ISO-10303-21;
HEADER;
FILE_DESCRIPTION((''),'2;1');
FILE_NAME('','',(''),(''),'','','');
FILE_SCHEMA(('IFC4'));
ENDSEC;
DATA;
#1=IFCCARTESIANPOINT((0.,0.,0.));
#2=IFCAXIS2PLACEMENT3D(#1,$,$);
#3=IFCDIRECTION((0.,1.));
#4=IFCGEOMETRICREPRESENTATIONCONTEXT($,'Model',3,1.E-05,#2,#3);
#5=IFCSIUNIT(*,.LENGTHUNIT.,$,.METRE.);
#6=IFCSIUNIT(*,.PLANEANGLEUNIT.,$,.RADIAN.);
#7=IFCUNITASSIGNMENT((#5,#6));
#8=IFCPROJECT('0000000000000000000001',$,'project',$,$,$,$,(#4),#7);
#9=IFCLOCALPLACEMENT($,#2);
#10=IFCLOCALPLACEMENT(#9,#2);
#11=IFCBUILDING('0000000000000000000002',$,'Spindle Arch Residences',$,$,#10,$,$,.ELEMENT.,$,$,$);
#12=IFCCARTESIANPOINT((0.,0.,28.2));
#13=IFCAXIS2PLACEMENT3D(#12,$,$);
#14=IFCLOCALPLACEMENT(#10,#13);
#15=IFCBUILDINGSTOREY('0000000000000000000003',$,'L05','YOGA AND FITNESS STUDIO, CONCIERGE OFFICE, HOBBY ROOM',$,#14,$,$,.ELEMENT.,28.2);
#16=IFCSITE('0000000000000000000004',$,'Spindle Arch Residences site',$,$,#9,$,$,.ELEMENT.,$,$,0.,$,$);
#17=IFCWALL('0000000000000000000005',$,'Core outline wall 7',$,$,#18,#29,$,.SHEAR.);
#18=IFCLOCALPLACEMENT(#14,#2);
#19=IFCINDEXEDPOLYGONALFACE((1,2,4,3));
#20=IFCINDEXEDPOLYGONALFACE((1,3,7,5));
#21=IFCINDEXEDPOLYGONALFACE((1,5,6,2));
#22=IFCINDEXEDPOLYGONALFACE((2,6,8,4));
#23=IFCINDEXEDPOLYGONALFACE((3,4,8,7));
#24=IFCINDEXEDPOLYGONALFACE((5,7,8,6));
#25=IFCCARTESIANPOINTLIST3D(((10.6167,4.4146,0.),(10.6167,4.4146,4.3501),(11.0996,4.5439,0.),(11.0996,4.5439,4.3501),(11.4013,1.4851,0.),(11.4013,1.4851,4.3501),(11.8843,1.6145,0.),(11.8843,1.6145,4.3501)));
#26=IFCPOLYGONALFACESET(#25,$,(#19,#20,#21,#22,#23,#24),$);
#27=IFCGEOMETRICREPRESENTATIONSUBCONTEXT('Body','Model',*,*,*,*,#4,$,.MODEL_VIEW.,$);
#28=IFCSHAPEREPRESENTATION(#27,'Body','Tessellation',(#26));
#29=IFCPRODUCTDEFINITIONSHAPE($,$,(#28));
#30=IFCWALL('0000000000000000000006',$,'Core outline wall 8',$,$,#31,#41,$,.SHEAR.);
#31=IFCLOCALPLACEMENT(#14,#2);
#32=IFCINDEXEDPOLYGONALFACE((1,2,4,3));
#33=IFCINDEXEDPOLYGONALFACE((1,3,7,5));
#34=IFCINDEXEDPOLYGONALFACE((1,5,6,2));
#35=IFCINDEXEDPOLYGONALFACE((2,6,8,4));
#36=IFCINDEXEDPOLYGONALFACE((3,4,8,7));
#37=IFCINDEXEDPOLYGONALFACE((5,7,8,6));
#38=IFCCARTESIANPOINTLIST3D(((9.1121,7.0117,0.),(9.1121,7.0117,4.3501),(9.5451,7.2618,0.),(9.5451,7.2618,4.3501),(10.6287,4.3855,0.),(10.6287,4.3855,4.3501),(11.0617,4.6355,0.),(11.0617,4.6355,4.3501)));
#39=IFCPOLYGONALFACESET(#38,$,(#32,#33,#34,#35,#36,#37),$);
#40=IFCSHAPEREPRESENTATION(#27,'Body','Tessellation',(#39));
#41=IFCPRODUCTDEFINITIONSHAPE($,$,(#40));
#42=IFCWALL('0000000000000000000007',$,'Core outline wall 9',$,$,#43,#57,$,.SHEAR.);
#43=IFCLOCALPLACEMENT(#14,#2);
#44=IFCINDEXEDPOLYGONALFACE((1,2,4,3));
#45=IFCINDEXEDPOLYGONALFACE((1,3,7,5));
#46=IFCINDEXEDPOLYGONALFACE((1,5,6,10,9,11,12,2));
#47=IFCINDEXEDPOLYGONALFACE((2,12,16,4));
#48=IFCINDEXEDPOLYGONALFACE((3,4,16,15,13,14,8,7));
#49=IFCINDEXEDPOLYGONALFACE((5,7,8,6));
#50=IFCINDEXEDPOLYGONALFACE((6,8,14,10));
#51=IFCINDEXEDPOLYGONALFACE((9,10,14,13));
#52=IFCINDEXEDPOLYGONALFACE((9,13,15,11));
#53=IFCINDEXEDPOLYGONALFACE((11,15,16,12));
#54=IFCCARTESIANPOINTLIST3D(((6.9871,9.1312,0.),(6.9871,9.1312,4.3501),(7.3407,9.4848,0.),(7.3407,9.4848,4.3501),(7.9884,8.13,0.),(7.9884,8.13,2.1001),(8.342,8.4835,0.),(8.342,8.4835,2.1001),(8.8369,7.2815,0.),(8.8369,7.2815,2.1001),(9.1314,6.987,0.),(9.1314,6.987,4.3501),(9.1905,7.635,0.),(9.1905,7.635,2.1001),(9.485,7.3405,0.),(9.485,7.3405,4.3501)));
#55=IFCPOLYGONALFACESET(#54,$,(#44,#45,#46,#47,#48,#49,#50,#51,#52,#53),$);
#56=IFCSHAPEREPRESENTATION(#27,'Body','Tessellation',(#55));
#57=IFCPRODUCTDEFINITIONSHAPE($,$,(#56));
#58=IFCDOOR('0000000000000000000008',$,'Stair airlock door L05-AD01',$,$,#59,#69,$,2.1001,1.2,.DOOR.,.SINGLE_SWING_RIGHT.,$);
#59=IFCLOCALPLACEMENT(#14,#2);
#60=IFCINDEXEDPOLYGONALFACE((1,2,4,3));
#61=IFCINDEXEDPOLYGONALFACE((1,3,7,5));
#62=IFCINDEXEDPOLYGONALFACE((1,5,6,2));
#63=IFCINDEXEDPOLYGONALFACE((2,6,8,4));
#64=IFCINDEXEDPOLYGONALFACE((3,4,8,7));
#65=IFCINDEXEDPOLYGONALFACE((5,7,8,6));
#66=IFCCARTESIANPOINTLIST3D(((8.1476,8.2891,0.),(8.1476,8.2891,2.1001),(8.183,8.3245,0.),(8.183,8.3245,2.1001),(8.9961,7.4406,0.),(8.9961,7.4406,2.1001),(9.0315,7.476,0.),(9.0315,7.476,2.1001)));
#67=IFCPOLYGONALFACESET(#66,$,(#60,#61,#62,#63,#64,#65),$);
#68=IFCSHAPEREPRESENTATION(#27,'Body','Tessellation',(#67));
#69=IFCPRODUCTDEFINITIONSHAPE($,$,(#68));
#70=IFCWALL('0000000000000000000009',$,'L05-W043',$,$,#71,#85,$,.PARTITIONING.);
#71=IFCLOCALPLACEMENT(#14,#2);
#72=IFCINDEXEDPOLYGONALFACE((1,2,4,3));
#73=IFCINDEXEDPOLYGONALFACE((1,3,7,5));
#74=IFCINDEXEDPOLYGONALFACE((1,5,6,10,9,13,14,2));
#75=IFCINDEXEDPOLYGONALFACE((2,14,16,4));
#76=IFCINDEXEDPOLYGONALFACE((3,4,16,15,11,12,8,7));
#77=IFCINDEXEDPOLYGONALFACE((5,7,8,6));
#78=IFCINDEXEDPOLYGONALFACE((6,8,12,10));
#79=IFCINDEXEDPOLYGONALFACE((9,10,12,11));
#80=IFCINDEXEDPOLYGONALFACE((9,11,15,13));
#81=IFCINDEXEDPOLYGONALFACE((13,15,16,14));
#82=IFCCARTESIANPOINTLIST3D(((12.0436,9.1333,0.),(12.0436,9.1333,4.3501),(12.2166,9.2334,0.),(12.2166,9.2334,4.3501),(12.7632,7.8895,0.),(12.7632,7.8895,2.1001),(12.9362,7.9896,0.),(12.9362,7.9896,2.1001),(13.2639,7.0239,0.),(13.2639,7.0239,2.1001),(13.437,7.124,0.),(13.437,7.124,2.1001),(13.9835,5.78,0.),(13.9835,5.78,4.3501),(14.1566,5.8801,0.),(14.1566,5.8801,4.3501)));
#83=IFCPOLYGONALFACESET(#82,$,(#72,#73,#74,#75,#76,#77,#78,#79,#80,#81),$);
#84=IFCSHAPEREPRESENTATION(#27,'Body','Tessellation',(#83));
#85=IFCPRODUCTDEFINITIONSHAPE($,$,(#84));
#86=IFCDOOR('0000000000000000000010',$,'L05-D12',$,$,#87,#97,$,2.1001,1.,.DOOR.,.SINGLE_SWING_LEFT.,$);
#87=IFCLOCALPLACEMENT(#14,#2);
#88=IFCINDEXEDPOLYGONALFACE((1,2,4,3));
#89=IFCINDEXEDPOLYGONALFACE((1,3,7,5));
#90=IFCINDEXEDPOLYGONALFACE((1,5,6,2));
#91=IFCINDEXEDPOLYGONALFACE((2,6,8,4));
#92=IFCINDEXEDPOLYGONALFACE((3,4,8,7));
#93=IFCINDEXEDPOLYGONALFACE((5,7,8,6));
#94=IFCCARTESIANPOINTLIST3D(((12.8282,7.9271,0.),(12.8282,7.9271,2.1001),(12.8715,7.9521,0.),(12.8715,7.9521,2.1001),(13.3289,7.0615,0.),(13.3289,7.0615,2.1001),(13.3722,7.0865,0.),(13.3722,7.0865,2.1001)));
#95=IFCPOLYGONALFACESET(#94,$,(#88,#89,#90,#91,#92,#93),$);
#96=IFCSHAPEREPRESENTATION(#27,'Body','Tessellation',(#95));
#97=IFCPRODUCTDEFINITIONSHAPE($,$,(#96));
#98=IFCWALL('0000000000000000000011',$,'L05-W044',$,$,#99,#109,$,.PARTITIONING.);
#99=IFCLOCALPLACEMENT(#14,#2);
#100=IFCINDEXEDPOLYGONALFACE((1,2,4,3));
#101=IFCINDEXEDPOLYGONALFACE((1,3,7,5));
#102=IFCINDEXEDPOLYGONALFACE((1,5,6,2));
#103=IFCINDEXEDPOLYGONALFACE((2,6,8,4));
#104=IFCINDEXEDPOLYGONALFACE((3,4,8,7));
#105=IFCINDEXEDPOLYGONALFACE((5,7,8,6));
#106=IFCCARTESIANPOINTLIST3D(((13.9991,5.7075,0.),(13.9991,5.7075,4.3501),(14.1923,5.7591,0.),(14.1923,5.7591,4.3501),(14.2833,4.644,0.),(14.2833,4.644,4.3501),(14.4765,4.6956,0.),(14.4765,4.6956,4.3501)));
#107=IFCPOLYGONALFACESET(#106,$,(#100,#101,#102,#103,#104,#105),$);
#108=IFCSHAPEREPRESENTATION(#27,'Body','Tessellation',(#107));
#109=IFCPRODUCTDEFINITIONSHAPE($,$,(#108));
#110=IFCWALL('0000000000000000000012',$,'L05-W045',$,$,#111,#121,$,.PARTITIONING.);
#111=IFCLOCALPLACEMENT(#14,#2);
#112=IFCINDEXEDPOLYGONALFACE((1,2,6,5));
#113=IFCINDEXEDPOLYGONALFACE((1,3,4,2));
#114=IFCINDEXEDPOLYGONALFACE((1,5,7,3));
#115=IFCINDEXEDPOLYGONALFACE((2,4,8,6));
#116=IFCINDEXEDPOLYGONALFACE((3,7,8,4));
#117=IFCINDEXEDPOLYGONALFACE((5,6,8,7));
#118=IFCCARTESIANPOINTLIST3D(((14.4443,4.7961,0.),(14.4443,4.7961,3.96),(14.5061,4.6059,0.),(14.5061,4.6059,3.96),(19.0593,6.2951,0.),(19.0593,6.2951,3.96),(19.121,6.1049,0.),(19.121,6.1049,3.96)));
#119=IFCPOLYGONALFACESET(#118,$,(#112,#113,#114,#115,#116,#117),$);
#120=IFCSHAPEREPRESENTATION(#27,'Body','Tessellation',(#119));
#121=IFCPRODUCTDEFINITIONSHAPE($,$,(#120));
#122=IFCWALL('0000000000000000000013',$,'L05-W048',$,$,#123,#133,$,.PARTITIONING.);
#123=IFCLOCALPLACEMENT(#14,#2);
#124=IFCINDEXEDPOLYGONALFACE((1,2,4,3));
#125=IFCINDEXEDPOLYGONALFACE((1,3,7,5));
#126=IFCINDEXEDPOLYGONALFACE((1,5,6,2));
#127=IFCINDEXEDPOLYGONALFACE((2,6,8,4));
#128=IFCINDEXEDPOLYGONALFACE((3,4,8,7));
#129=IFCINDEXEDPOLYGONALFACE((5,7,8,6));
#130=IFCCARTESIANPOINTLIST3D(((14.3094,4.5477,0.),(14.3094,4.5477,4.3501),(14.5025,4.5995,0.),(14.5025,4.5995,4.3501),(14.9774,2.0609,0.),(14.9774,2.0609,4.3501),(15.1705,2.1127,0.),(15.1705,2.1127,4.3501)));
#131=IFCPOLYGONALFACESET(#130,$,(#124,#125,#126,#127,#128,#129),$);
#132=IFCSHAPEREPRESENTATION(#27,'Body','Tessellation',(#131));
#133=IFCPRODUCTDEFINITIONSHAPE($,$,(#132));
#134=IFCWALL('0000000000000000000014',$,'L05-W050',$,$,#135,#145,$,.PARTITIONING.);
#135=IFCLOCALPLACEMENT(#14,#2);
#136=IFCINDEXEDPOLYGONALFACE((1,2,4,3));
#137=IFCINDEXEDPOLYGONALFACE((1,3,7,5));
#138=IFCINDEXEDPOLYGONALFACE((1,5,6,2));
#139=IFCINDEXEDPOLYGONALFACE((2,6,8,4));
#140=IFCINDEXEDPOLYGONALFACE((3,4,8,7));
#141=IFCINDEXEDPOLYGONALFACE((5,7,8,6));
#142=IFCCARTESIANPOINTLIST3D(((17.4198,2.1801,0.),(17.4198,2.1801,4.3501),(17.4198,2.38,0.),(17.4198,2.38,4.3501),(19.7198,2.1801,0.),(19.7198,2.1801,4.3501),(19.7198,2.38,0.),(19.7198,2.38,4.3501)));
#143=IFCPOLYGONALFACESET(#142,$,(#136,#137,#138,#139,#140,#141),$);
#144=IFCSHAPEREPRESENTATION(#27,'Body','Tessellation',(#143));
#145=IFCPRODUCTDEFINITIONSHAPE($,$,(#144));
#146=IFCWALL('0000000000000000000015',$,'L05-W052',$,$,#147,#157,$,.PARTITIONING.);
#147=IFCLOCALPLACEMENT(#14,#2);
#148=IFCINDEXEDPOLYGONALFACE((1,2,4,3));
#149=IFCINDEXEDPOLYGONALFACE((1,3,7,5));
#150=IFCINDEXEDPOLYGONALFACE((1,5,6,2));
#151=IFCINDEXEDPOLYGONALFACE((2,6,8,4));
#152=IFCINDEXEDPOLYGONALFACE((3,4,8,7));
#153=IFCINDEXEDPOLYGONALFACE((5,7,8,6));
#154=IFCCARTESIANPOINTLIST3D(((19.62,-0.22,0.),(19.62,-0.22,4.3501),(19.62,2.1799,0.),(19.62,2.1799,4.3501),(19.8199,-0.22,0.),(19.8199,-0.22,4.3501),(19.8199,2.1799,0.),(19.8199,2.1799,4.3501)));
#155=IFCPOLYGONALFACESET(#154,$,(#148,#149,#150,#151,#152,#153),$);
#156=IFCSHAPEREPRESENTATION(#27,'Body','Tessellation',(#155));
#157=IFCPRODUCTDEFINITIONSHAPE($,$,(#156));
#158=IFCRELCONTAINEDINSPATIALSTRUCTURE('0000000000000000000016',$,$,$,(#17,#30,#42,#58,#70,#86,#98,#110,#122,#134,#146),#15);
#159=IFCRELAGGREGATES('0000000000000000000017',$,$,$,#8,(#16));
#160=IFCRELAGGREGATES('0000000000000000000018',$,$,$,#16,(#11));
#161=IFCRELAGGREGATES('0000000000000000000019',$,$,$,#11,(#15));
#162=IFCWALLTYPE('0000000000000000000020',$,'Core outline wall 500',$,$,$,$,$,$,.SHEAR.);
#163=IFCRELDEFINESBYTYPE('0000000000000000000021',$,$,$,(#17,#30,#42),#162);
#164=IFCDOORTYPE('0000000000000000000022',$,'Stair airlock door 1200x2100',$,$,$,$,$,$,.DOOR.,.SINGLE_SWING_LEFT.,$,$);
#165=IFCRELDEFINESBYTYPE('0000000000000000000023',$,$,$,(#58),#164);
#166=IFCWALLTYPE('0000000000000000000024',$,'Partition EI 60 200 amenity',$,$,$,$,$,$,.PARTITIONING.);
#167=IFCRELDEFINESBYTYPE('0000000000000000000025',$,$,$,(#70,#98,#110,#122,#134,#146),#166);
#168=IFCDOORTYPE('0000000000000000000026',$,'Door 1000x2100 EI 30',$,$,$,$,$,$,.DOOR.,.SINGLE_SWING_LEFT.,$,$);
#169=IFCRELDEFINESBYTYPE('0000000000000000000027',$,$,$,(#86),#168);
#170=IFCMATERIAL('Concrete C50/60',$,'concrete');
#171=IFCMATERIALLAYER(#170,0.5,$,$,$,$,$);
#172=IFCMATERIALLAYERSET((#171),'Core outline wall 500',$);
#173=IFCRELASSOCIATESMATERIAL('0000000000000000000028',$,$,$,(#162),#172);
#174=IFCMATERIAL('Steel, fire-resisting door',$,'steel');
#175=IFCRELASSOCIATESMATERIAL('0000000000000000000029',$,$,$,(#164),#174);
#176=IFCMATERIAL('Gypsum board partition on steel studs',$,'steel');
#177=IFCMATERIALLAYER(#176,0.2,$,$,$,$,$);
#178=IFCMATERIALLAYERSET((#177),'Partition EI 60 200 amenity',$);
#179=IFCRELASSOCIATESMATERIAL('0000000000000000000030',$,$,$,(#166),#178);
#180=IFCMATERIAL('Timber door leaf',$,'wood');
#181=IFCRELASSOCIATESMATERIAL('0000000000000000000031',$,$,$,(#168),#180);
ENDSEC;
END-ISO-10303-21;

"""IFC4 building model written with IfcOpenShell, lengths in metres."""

from ifc_helpers import new_model, si_unit, direction, frame, frame_2d, origin, place, context, subcontext, project, spatial, rectangle, extrude, material, layer, layer_set, type_object, element, fill, save


model = new_model("IFC4")

# Units and contexts
model_context = context("Model", 3, precision=1e-05, world=origin(), true_north=direction((0.0, 1.0)))
body_context = subcontext(model_context, "Body", "Model", "MODEL_VIEW")
ifc_project = project(units=[si_unit("LENGTHUNIT", "METRE"), si_unit("PLANEANGLEUNIT", "RADIAN")], contexts=[model_context])

# Site, building, storey
site_placement = place(None, origin())
site = spatial("IfcSite", under=ifc_project, at=site_placement, Name="Spindle Arch Residences site", CompositionType="ELEMENT", RefElevation=0.0)
building_placement = place(site_placement, origin())
building = spatial("IfcBuilding", under=site, at=building_placement, Name="Spindle Arch Residences", CompositionType="ELEMENT")
storey_placement = place(building_placement, frame((0.0, 0.0, 28.2)))
storey = spatial("IfcBuildingStorey", under=building, at=storey_placement, Name="L05", Description="YOGA AND FITNESS STUDIO, CONCIERGE OFFICE, HOBBY ROOM", CompositionType="ELEMENT", Elevation=28.2)

# Walls
ifc_material_1 = material(Name="Concrete C50/60", Category="concrete")
ifc_layer_1 = layer(ifc_material_1, 0.5)
ifc_layer_set_1 = layer_set([ifc_layer_1], Name="Core outline wall 500")
wall_type_1 = type_object("IfcWallType", Name="Core outline wall 500", PredefinedType="SHEAR", material=ifc_layer_set_1)
for number, where, z_axis, x_axis, name in (
    (1, (11.6428, 1.5498, 0.0), (0.0, 0.0, 1.0), (-0.258735, 0.965948, 0.0), "Core outline wall 7"),
    (2, (10.8452, 4.5105, 0.0), (0.0, 0.0, 1.0), (-0.500087, 0.865975, 0.0), "Core outline wall 8"),
):
    element("IfcWall", number, at=place(storey_placement, frame(where, z_axis=z_axis, x_axis=x_axis)), inside=storey, type_object=wall_type_1, Name=name, PredefinedType="SHEAR", context=body_context, shape_type="SweptSolid", body=[
        extrude(rectangle(XDim=3.0327, YDim=0.5, at=frame_2d((1.5164, 0.0))), origin(), (0.0, 0.0, 1.0), 4.3501),
    ])

# Walls, openings, doors
wall_1_placement = place(storey_placement, frame((9.3081, 7.1638, 0.0), z_axis=(0.0, 0.0, 1.0), x_axis=(-0.707107, 0.707107, 0.0)))
wall_1 = element("IfcWall", 3, at=wall_1_placement, inside=storey, type_object=wall_type_1, Name="Core outline wall 9", PredefinedType="SHEAR", context=body_context, shape_type="SweptSolid", body=[
    extrude(rectangle(XDim=3.0325, YDim=0.5, at=frame_2d((1.5161, 0.0))), origin(), (0.0, 0.0, 1.0), 4.3501),
])
opening_1_placement = place(wall_1_placement, frame((0.4163, 0.0, 0.0)))
opening_1 = element("IfcOpeningElement", 4, at=opening_1_placement, cuts=wall_1, PredefinedType="OPENING", context=body_context, shape_type="SweptSolid", body=[
    extrude(rectangle(XDim=1.2, YDim=2.1001, at=frame_2d((0.6001, 1.05))), frame((0.0, 0.26, 0.0), z_axis=(0.0, -1.0, 0.0), x_axis=(1.0, 0.0, 0.0)), (0.0, 0.0, 1.0), 0.52),
])
ifc_material_2 = material(Name="Steel, fire-resisting door", Category="steel")
door_type_1 = type_object("IfcDoorType", Name="Stair airlock door 1200x2100", OperationType="SINGLE_SWING_LEFT", PredefinedType="DOOR", material=ifc_material_2)
door_1_placement = place(opening_1_placement, origin())
door_1 = element("IfcDoor", 5, at=door_1_placement, inside=storey, type_object=door_type_1, Name="Stair airlock door L05-AD01", OperationType="SINGLE_SWING_RIGHT", OverallHeight=2.1001, OverallWidth=1.2, PredefinedType="DOOR", context=body_context, shape_type="SweptSolid", body=[
    extrude(rectangle(XDim=1.2, YDim=2.1001, at=frame_2d((0.6001, 1.05))), frame((0.0, 0.0249, 0.0), z_axis=(0.0, -1.0, 0.0), x_axis=(1.0, 0.0, 0.0)), (0.0, 0.0, 1.0), 0.05),
])
fill(opening_1, door_1)
ifc_material_3 = material(Name="Gypsum board partition on steel studs", Category="steel")
ifc_layer_2 = layer(ifc_material_3, 0.2)
ifc_layer_set_2 = layer_set([ifc_layer_2], Name="Partition EI 60 200 amenity")
wall_type_2 = type_object("IfcWallType", Name="Partition EI 60 200 amenity", PredefinedType="PARTITIONING", material=ifc_layer_set_2)
wall_2_placement = place(storey_placement, frame((14.0701, 5.8301, 0.0), z_axis=(0.0, 0.0, 1.0), x_axis=(-0.50076, 0.865586, 0.0)))
wall_2 = element("IfcWall", 6, at=wall_2_placement, inside=storey, type_object=wall_type_2, Name="L05-W043", PredefinedType="PARTITIONING", context=body_context, shape_type="SweptSolid", body=[
    extrude(rectangle(XDim=3.874, YDim=0.2, at=frame_2d((1.937, 0.0))), origin(), (0.0, 0.0, 1.0), 4.3501),
])
opening_2_placement = place(wall_2_placement, frame((1.437, 0.0, 0.0)))
opening_2 = element("IfcOpeningElement", 7, at=opening_2_placement, cuts=wall_2, PredefinedType="OPENING", context=body_context, shape_type="SweptSolid", body=[
    extrude(rectangle(XDim=1.0, YDim=2.1001, at=frame_2d((0.5, 1.05))), frame((0.0, 0.1099, 0.0), z_axis=(0.0, -1.0, 0.0), x_axis=(1.0, 0.0, 0.0)), (0.0, 0.0, 1.0), 0.22),
])
ifc_material_4 = material(Name="Timber door leaf", Category="wood")
door_type_2 = type_object("IfcDoorType", Name="Door 1000x2100 EI 30", OperationType="SINGLE_SWING_LEFT", PredefinedType="DOOR", material=ifc_material_4)
door_2_placement = place(opening_2_placement, origin())
door_2 = element("IfcDoor", 8, at=door_2_placement, inside=storey, type_object=door_type_2, Name="L05-D12", OperationType="SINGLE_SWING_LEFT", OverallHeight=2.1001, OverallWidth=1.0, PredefinedType="DOOR", context=body_context, shape_type="SweptSolid", body=[
    extrude(rectangle(XDim=1.0, YDim=2.1001, at=frame_2d((0.5, 1.05))), frame((0.0, 0.0249, 0.0), z_axis=(0.0, -1.0, 0.0), x_axis=(1.0, 0.0, 0.0)), (0.0, 0.0, 1.0), 0.05),
])
fill(opening_2, door_2)

# Walls
wall_3_placement = place(storey_placement, frame((14.3799, 4.6699, 0.0), z_axis=(0.0, 0.0, 1.0), x_axis=(-0.25816, 0.966102, 0.0)))
element("IfcWall", 9, at=wall_3_placement, inside=storey, type_object=wall_type_2, Name="L05-W044", PredefinedType="PARTITIONING", context=body_context, shape_type="SweptSolid", body=[
    extrude(rectangle(XDim=1.1008, YDim=0.2, at=frame_2d((0.5503, 0.0))), origin(), (0.0, 0.0, 1.0), 4.3501),
])
wall_4_placement = place(storey_placement, frame((14.4751, 4.7009, 0.0), z_axis=(0.0, 0.0, 1.0), x_axis=(0.951085, 0.308928, 0.0)))
element("IfcWall", 10, at=wall_4_placement, inside=storey, type_object=wall_type_2, Name="L05-W045", PredefinedType="PARTITIONING", context=body_context, shape_type="SweptSolid", body=[
    extrude(rectangle(XDim=4.8523, YDim=0.2, at=frame_2d((2.4263, 0.0))), origin(), (0.0, 0.0, 1.0), 3.96),
])
wall_5_placement = place(storey_placement, frame((15.074, 2.0867, 0.0), z_axis=(0.0, 0.0, 1.0), x_axis=(-0.259409, 0.965768, 0.0)))
element("IfcWall", 11, at=wall_5_placement, inside=storey, type_object=wall_type_2, Name="L05-W048", PredefinedType="PARTITIONING", context=body_context, shape_type="SweptSolid", body=[
    extrude(rectangle(XDim=2.575, YDim=0.2, at=frame_2d((1.2876, 0.0))), origin(), (0.0, 0.0, 1.0), 4.3501),
])
wall_6_placement = place(storey_placement, frame((17.4199, 2.28, 0.0), z_axis=(0.0, 0.0, 1.0), x_axis=(1.0, 0.0, 0.0)))
element("IfcWall", 12, at=wall_6_placement, inside=storey, type_object=wall_type_2, Name="L05-W050", PredefinedType="PARTITIONING", context=body_context, shape_type="SweptSolid", body=[
    extrude(rectangle(XDim=2.3, YDim=0.2, at=frame_2d((1.1499, 0.0))), origin(), (0.0, 0.0, 1.0), 4.3501),
])
wall_7_placement = place(storey_placement, frame((19.72, 2.1799, 0.0), z_axis=(0.0, 0.0, 1.0), x_axis=(0.0, -1.0, 0.0)))
element("IfcWall", 13, at=wall_7_placement, inside=storey, type_object=wall_type_2, Name="L05-W052", PredefinedType="PARTITIONING", context=body_context, shape_type="SweptSolid", body=[
    extrude(rectangle(XDim=2.3999, YDim=0.2, at=frame_2d((1.2, 0.0))), origin(), (0.0, 0.0, 1.0), 4.3501),
])

save(model, "model.ifc")
